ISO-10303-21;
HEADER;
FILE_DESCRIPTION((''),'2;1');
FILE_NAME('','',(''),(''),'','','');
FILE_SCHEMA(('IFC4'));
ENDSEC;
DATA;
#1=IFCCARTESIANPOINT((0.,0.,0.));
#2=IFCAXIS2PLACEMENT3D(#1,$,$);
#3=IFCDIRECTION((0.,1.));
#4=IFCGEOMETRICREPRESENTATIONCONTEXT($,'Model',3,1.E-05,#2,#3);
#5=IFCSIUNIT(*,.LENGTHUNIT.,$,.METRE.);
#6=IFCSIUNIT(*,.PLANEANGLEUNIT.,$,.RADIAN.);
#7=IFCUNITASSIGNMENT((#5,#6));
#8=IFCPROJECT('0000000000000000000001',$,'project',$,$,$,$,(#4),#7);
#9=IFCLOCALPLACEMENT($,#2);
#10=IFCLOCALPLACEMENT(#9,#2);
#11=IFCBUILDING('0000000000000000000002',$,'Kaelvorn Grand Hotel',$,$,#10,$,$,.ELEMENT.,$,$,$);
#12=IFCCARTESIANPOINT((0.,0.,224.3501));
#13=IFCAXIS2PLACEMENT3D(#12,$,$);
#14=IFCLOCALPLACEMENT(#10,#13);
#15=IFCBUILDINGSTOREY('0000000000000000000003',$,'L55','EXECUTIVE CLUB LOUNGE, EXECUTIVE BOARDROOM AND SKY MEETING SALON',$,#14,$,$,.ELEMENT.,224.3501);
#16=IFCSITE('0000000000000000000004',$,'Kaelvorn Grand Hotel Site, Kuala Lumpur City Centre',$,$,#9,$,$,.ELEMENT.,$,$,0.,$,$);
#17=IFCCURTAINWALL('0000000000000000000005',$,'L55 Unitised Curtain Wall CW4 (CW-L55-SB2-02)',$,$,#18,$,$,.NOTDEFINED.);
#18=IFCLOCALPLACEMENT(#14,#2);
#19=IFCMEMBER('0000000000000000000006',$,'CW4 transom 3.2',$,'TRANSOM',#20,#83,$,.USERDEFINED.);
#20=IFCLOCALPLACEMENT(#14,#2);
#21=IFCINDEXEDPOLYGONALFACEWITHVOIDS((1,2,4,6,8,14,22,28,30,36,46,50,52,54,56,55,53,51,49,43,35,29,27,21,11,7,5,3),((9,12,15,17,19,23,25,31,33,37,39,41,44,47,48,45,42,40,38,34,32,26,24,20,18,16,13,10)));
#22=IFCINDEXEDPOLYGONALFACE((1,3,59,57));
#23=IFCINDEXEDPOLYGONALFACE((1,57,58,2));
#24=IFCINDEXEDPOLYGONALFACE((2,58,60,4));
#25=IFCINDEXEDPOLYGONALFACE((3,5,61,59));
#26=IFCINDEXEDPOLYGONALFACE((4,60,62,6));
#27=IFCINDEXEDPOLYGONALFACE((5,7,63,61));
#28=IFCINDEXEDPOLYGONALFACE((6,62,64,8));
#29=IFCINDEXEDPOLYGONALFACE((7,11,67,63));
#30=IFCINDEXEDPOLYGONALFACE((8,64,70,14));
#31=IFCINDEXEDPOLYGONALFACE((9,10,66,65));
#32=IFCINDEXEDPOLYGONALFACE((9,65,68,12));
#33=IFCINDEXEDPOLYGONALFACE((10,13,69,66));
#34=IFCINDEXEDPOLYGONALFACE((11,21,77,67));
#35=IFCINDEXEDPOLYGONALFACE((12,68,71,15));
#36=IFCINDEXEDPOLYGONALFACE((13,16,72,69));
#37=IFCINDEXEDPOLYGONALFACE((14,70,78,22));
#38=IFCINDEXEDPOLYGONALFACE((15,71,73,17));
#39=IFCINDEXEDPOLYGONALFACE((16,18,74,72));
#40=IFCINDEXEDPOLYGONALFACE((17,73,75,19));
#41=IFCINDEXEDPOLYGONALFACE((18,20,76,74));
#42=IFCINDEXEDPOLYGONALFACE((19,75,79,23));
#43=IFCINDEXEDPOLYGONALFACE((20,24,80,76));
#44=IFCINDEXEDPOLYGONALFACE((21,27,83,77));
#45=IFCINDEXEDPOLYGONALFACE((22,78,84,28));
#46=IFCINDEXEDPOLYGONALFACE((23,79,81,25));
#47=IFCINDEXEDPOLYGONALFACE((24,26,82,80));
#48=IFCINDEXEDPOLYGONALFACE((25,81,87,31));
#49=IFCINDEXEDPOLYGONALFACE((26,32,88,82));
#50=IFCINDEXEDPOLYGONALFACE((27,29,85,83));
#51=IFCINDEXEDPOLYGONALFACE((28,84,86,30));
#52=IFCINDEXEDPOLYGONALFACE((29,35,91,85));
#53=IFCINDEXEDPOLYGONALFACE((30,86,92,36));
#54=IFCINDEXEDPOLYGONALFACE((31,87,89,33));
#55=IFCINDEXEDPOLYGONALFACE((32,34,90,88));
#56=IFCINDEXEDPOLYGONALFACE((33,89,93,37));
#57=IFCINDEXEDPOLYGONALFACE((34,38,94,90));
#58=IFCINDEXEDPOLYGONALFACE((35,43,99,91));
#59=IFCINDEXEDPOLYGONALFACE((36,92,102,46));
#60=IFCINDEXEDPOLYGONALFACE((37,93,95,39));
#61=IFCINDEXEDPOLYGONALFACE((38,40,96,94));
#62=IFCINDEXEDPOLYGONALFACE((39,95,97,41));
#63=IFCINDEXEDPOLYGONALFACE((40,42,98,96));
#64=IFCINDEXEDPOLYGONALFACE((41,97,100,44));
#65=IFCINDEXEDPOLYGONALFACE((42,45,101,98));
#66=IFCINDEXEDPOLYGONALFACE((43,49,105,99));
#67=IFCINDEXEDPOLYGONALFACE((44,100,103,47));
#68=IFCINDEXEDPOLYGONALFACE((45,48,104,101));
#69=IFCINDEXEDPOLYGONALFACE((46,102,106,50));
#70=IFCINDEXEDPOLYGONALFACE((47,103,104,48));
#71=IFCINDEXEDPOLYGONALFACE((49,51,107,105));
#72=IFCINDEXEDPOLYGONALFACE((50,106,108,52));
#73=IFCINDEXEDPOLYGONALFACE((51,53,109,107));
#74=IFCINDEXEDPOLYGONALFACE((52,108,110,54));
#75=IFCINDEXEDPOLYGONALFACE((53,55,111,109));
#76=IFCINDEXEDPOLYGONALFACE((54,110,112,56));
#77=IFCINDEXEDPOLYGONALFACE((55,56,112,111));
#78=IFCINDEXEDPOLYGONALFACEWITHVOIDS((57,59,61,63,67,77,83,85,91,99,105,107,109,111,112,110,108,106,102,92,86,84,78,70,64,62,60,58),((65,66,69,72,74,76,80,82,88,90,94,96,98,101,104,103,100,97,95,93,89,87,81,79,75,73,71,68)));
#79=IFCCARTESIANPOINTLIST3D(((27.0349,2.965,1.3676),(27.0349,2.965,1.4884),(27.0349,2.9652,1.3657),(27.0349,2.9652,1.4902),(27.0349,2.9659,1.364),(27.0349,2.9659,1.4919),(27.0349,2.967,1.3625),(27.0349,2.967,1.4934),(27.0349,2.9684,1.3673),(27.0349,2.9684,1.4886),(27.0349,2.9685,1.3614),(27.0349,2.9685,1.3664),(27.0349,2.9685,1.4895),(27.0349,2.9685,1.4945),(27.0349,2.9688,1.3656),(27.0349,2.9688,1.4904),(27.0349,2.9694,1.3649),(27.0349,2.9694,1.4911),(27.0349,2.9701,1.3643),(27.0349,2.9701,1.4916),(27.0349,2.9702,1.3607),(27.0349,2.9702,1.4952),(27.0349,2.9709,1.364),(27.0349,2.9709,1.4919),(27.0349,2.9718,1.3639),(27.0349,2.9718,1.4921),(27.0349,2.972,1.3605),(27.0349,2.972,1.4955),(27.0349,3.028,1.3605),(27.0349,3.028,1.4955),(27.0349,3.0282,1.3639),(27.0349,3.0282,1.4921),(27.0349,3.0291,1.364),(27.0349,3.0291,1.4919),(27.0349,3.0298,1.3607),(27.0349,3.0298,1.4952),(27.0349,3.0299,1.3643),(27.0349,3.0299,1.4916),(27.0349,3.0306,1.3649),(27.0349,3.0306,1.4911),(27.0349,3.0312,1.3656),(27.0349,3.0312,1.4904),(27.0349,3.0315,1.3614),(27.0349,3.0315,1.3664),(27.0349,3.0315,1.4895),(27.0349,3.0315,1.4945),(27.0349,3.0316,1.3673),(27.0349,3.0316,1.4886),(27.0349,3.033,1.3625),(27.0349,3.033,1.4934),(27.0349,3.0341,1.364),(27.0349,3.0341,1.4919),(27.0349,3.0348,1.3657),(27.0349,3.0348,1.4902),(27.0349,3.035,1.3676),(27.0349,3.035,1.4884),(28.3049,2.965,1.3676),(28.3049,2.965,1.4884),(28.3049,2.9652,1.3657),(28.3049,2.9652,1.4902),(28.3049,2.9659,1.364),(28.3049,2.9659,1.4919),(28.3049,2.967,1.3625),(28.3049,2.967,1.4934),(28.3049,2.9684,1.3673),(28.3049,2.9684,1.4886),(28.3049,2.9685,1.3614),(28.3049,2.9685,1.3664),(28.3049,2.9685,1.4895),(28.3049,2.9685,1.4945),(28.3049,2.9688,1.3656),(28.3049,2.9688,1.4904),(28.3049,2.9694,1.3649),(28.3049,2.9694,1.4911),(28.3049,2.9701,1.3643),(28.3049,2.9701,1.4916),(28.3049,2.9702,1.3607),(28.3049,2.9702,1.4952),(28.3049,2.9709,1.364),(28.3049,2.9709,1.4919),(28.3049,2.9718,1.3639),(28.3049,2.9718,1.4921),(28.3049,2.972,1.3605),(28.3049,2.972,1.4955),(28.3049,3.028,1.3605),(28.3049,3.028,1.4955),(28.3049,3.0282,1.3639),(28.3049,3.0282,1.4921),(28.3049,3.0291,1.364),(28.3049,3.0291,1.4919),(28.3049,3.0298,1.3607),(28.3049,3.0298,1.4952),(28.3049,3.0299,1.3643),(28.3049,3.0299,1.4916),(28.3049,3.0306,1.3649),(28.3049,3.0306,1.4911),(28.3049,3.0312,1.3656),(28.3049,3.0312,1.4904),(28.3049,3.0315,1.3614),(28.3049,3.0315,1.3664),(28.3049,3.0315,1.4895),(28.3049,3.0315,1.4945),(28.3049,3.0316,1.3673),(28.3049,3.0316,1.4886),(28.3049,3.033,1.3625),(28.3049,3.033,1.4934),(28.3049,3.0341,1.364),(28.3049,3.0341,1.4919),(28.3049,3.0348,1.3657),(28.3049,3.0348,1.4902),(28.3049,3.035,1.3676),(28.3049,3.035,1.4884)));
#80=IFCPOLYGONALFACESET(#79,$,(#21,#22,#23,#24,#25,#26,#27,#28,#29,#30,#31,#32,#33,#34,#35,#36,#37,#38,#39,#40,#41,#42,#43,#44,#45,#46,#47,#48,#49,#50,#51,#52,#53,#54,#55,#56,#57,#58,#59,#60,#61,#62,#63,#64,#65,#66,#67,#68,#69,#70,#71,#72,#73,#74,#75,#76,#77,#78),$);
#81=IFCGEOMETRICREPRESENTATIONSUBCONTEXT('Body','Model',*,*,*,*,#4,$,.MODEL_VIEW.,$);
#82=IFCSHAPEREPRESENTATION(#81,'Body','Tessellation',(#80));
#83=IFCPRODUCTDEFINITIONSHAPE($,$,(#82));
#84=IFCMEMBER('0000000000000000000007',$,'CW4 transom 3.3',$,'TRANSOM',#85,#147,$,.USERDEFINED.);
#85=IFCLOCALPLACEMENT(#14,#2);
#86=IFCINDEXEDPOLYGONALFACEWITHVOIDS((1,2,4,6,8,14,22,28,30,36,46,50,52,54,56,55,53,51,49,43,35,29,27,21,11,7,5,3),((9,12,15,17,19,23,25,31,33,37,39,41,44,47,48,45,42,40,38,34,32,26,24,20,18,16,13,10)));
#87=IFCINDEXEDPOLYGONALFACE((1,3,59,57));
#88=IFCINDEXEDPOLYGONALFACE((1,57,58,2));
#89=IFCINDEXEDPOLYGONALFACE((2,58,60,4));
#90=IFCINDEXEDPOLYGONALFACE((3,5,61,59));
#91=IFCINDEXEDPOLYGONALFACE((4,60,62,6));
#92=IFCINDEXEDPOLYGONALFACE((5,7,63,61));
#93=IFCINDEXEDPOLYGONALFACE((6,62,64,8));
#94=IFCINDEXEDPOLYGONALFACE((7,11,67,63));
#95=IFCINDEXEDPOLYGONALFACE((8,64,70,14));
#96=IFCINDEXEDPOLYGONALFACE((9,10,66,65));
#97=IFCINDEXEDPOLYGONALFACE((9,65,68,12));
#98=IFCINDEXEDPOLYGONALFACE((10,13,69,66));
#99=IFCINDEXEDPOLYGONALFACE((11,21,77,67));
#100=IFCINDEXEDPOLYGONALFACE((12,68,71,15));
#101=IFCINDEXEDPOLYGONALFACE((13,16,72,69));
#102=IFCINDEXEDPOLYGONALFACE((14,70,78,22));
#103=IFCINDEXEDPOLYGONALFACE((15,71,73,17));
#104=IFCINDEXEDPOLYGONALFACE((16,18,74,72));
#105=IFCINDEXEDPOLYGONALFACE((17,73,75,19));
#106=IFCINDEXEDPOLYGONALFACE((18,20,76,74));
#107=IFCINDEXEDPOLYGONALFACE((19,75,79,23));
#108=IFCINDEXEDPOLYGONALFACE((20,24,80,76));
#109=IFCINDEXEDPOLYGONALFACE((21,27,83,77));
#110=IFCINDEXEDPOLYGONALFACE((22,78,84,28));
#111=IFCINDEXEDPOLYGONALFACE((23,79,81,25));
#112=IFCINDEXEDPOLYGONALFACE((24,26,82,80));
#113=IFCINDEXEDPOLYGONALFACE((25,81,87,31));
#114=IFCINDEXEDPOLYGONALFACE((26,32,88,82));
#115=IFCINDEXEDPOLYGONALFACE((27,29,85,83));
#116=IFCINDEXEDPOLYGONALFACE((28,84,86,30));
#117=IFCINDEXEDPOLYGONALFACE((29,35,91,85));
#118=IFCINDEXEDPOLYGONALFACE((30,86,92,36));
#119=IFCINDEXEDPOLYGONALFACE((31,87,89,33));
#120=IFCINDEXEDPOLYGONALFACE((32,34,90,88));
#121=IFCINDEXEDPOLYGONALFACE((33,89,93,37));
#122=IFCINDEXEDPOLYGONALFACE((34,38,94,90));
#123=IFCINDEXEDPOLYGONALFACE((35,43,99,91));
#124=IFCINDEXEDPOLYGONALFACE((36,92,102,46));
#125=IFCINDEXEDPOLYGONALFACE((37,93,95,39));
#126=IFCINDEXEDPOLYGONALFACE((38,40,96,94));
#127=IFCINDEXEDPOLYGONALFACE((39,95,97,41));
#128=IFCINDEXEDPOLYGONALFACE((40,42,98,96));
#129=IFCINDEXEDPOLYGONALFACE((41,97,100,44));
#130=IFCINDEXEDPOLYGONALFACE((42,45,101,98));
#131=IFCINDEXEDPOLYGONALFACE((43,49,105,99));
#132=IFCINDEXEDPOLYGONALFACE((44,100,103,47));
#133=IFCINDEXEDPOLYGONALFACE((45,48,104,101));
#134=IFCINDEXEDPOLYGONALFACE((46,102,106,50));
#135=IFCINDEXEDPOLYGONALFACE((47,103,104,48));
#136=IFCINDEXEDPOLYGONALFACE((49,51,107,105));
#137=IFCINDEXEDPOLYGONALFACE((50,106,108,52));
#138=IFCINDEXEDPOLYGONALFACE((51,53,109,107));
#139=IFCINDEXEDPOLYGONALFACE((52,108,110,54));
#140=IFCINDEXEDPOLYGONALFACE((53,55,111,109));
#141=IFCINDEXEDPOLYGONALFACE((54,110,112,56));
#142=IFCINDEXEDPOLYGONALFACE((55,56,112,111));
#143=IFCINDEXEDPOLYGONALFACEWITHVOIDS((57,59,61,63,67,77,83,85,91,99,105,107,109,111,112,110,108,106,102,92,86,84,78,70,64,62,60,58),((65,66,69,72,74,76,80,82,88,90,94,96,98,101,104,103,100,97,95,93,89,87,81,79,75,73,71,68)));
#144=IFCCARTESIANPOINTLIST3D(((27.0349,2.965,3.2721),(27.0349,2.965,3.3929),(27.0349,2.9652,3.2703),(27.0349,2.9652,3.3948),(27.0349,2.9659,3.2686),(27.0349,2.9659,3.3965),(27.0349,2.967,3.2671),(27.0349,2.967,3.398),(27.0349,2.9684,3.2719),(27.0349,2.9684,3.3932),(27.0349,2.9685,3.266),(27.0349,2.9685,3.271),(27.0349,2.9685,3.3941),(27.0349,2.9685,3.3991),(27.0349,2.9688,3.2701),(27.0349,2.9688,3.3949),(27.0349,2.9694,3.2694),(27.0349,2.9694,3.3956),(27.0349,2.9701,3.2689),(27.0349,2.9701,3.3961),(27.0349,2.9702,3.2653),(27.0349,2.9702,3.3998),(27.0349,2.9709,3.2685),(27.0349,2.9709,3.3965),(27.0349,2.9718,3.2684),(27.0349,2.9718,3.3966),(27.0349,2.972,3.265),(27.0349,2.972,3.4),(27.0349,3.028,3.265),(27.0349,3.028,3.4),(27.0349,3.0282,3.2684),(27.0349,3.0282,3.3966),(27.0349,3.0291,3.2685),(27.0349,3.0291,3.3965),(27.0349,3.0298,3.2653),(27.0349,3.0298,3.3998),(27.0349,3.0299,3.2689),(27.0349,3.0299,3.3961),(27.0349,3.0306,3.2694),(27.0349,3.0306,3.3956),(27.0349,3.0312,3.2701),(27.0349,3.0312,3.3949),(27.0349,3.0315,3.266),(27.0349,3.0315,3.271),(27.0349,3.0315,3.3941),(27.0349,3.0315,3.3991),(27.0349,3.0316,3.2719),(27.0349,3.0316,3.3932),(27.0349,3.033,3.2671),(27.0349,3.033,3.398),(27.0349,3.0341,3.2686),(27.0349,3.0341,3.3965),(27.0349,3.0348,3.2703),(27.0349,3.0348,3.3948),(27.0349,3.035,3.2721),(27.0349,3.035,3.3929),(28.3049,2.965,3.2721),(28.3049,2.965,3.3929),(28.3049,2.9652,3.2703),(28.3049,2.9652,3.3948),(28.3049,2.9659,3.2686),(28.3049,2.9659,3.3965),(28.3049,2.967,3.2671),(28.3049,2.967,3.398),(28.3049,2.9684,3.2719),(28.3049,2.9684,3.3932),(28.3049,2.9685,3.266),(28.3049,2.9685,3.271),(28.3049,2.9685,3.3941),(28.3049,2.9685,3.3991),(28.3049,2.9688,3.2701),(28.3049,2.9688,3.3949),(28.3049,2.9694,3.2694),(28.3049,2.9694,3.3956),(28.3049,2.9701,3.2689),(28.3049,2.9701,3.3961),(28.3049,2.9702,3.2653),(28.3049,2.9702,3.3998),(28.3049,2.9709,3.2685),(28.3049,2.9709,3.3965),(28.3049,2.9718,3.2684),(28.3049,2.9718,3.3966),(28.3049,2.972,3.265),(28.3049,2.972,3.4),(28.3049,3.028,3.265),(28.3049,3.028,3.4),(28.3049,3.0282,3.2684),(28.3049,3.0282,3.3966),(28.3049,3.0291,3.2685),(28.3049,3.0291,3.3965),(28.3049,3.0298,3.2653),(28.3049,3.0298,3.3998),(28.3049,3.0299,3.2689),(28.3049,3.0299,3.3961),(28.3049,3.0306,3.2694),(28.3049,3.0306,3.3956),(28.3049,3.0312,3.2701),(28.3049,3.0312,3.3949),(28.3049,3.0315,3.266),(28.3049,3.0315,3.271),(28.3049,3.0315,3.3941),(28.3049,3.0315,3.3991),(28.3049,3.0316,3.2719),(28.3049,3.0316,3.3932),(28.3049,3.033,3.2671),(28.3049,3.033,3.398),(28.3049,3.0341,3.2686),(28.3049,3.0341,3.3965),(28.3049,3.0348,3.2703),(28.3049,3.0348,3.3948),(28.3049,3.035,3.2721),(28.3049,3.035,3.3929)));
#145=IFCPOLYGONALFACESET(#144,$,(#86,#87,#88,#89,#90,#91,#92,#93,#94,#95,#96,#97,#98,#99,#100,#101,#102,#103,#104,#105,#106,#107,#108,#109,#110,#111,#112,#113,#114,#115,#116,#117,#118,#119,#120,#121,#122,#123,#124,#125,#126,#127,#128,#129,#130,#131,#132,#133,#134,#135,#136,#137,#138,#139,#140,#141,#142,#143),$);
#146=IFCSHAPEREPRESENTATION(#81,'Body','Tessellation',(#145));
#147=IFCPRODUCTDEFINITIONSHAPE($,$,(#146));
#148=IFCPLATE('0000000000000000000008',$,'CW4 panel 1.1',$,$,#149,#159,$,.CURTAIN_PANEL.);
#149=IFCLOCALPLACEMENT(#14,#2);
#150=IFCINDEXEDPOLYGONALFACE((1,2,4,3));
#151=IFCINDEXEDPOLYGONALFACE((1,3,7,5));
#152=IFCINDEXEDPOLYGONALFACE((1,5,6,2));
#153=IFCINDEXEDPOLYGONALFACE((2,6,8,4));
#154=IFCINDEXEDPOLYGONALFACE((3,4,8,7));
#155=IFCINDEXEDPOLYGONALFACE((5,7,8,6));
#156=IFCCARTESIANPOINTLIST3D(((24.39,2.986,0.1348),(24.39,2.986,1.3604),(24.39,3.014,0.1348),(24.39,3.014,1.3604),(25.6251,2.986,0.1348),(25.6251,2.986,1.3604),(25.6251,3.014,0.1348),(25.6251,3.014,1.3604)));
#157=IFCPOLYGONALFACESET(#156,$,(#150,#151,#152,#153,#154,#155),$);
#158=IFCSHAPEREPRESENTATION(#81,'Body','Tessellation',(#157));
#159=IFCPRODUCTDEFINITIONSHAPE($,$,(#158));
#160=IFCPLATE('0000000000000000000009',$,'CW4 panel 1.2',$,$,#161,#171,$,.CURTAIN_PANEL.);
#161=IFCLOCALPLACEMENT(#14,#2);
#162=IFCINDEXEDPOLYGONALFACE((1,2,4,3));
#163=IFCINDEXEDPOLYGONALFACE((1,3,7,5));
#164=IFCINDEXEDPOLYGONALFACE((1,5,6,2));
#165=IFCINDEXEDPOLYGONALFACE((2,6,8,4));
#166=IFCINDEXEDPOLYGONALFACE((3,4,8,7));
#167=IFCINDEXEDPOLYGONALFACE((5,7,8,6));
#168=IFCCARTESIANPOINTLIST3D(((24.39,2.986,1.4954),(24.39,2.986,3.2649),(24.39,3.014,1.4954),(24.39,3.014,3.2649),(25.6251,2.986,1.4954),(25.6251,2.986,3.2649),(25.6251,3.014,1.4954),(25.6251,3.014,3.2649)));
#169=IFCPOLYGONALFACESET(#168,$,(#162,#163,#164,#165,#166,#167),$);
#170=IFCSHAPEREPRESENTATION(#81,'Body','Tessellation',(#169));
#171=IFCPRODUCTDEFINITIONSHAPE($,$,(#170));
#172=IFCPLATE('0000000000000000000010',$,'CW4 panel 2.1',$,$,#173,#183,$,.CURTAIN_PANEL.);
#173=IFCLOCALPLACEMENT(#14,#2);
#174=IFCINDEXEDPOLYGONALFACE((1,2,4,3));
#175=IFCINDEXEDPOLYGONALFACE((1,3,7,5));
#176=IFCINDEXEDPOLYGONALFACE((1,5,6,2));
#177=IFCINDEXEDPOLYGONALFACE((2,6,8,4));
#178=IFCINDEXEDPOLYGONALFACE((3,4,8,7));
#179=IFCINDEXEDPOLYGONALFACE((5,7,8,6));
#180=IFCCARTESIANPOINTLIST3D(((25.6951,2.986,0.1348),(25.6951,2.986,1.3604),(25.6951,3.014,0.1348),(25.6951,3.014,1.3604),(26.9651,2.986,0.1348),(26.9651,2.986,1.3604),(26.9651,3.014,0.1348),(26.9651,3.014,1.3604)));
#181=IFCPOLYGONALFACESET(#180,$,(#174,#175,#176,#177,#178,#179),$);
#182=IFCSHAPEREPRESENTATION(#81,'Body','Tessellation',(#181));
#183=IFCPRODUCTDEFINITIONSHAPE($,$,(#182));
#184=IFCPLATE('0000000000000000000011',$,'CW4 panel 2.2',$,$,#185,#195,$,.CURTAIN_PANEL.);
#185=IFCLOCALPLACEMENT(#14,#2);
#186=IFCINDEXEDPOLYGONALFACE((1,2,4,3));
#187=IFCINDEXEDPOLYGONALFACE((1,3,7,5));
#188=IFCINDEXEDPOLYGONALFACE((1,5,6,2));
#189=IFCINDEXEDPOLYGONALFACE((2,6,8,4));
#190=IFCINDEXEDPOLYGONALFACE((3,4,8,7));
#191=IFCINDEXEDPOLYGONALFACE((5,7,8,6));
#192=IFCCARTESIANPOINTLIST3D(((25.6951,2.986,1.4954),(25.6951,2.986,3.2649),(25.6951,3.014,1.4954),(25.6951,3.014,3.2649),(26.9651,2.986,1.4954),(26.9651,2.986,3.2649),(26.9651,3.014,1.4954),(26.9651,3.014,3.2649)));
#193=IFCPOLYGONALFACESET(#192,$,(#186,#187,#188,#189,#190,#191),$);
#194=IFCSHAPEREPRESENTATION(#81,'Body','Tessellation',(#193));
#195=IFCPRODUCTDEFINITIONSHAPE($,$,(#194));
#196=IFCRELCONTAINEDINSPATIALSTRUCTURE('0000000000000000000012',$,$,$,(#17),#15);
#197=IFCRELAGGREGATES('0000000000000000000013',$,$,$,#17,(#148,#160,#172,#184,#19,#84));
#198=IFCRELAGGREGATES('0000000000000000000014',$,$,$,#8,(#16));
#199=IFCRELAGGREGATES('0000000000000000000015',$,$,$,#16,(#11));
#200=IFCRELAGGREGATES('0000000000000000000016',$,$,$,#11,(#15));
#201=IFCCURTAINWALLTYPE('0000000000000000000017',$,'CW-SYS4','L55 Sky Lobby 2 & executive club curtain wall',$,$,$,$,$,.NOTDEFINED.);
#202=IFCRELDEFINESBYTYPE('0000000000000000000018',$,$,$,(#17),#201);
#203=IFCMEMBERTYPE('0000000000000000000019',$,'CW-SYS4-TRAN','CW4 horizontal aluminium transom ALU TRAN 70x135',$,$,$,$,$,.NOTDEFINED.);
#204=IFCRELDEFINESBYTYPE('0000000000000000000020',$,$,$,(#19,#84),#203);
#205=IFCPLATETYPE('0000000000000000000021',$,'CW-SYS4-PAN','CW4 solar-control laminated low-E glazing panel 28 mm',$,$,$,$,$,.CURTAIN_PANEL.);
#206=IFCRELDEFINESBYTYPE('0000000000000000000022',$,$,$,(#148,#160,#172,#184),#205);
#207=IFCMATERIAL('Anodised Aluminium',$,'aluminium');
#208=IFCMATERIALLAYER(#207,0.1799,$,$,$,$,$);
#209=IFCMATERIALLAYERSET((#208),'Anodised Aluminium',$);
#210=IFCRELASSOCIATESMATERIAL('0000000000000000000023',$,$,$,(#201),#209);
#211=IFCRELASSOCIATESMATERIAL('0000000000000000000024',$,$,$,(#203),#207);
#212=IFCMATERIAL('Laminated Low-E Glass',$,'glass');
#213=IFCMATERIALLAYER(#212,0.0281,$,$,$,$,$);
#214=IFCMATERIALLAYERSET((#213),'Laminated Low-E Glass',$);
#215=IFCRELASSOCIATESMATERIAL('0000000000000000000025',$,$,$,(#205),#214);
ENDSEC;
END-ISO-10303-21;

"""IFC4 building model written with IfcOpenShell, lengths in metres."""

from ifc_helpers import new_model, si_unit, direction, frame, origin, origin_2d, place, context, subcontext, project, spatial, rectangle, hollow_rectangle, extrude, material, layer, layer_set, material_profile, profile_set, type_object, element, aggregate, save


model = new_model("IFC4")

# Units and contexts
model_context = context("Model", 3, precision=1e-05, world=origin(), true_north=direction((0.0, 1.0)))
body_context = subcontext(model_context, "Body", "Model", "MODEL_VIEW")
ifc_project = project(units=[si_unit("LENGTHUNIT", "METRE"), si_unit("PLANEANGLEUNIT", "RADIAN")], contexts=[model_context])

# Site, building, storey
site_placement = place(None, origin())
site = spatial("IfcSite", under=ifc_project, at=site_placement, Name="Kaelvorn Grand Hotel Site, Kuala Lumpur City Centre", CompositionType="ELEMENT", RefElevation=0.0)
building_placement = place(site_placement, origin())
building = spatial("IfcBuilding", under=site, at=building_placement, Name="Kaelvorn Grand Hotel", CompositionType="ELEMENT")
storey_placement = place(building_placement, frame((0.0, 0.0, 224.3501)))
storey = spatial("IfcBuildingStorey", under=building, at=storey_placement, Name="L55", Description="EXECUTIVE CLUB LOUNGE, EXECUTIVE BOARDROOM AND SKY MEETING SALON", CompositionType="ELEMENT", Elevation=224.3501)

# Curtain wall, members, plates
ifc_material_1 = material(Name="Anodised Aluminium", Category="aluminium")
ifc_layer_1 = layer(ifc_material_1, 0.1799)
ifc_layer_set_1 = layer_set([ifc_layer_1], Name="Anodised Aluminium")
curtain_wall_type = type_object("IfcCurtainWallType", Name="CW-SYS4", Description="L55 Sky Lobby 2 & executive club curtain wall", PredefinedType="NOTDEFINED", material=ifc_layer_set_1)
curtain_wall_placement = place(storey_placement, origin())
curtain_wall = element("IfcCurtainWall", 1, at=curtain_wall_placement, inside=storey, type_object=curtain_wall_type, Name="L55 Unitised Curtain Wall CW4 (CW-L55-SB2-02)", PredefinedType="NOTDEFINED")
ifc_material_profile_1 = material_profile(ifc_material_1, hollow_rectangle(XDim=0.0701, YDim=0.135, WallThickness=0.0034, InnerFilletRadius=0.0034, OuterFilletRadius=0.0071, at=origin_2d()), Name="ALU TRAN 70x135")
ifc_profile_set_1 = profile_set([ifc_material_profile_1], Name="Anodised Aluminium")
member_type_1 = type_object("IfcMemberType", Name="CW-SYS4-TRAN", Description="CW4 horizontal aluminium transom ALU TRAN 70x135", PredefinedType="NOTDEFINED", material=ifc_profile_set_1)
member_1_placement = place(storey_placement, frame((27.0349, 3.0, 1.428), z_axis=(1.0, 0.0, 0.0), x_axis=(0.0, 1.0, 0.0)))
member_1 = element("IfcMember", 2, at=member_1_placement, type_object=member_type_1, Name="CW4 transom 3.2", ObjectType="TRANSOM", PredefinedType="USERDEFINED", context=body_context, shape_type="SweptSolid", body=[
    extrude(hollow_rectangle(XDim=0.0701, YDim=0.135, WallThickness=0.0034, InnerFilletRadius=0.0034, OuterFilletRadius=0.0071, at=origin_2d()), origin(), (0.0, 0.0, 1.0), 1.27),
])
member_2_placement = place(storey_placement, frame((27.0349, 3.0, 3.3325), z_axis=(1.0, 0.0, 0.0), x_axis=(0.0, 1.0, 0.0)))
member_2 = element("IfcMember", 3, at=member_2_placement, type_object=member_type_1, Name="CW4 transom 3.3", ObjectType="TRANSOM", PredefinedType="USERDEFINED", context=body_context, shape_type="SweptSolid", body=[
    extrude(hollow_rectangle(XDim=0.0701, YDim=0.135, WallThickness=0.0034, InnerFilletRadius=0.0034, OuterFilletRadius=0.0071, at=origin_2d()), origin(), (0.0, 0.0, 1.0), 1.27),
])
ifc_material_2 = material(Name="Laminated Low-E Glass", Category="glass")
ifc_layer_2 = layer(ifc_material_2, 0.0281)
ifc_layer_set_2 = layer_set([ifc_layer_2], Name="Laminated Low-E Glass")
plate_type = type_object("IfcPlateType", Name="CW-SYS4-PAN", Description="CW4 solar-control laminated low-E glazing panel 28 mm", PredefinedType="CURTAIN_PANEL", material=ifc_layer_set_2)
plate_1_placement = place(storey_placement, frame((25.0076, 3.0, 0.1348), z_axis=(0.0, 0.0, 1.0), x_axis=(1.0, 0.0, 0.0)))
plate_1 = element("IfcPlate", 4, at=plate_1_placement, type_object=plate_type, Name="CW4 panel 1.1", PredefinedType="CURTAIN_PANEL", context=body_context, shape_type="SweptSolid", body=[
    extrude(rectangle(XDim=1.2351, YDim=0.0281, at=origin_2d()), origin(), (0.0, 0.0, 1.0), 1.2256),
])
plate_2_placement = place(storey_placement, frame((25.0076, 3.0, 1.4954), z_axis=(0.0, 0.0, 1.0), x_axis=(1.0, 0.0, 0.0)))
plate_2 = element("IfcPlate", 5, at=plate_2_placement, type_object=plate_type, Name="CW4 panel 1.2", PredefinedType="CURTAIN_PANEL", context=body_context, shape_type="SweptSolid", body=[
    extrude(rectangle(XDim=1.2351, YDim=0.0281, at=origin_2d()), origin(), (0.0, 0.0, 1.0), 1.7695),
])
plate_3_placement = place(storey_placement, frame((26.3301, 3.0, 0.1348), z_axis=(0.0, 0.0, 1.0), x_axis=(1.0, 0.0, 0.0)))
plate_3 = element("IfcPlate", 6, at=plate_3_placement, type_object=plate_type, Name="CW4 panel 2.1", PredefinedType="CURTAIN_PANEL", context=body_context, shape_type="SweptSolid", body=[
    extrude(rectangle(XDim=1.27, YDim=0.0281, at=origin_2d()), origin(), (0.0, 0.0, 1.0), 1.2256),
])
plate_4_placement = place(storey_placement, frame((26.3301, 3.0, 1.4954), z_axis=(0.0, 0.0, 1.0), x_axis=(1.0, 0.0, 0.0)))
plate_4 = element("IfcPlate", 7, at=plate_4_placement, type_object=plate_type, Name="CW4 panel 2.2", PredefinedType="CURTAIN_PANEL", context=body_context, shape_type="SweptSolid", body=[
    extrude(rectangle(XDim=1.27, YDim=0.0281, at=origin_2d()), origin(), (0.0, 0.0, 1.0), 1.7695),
])
aggregate(curtain_wall, [plate_1, plate_2, plate_3, plate_4, member_1, member_2])

save(model, "model.ifc")
